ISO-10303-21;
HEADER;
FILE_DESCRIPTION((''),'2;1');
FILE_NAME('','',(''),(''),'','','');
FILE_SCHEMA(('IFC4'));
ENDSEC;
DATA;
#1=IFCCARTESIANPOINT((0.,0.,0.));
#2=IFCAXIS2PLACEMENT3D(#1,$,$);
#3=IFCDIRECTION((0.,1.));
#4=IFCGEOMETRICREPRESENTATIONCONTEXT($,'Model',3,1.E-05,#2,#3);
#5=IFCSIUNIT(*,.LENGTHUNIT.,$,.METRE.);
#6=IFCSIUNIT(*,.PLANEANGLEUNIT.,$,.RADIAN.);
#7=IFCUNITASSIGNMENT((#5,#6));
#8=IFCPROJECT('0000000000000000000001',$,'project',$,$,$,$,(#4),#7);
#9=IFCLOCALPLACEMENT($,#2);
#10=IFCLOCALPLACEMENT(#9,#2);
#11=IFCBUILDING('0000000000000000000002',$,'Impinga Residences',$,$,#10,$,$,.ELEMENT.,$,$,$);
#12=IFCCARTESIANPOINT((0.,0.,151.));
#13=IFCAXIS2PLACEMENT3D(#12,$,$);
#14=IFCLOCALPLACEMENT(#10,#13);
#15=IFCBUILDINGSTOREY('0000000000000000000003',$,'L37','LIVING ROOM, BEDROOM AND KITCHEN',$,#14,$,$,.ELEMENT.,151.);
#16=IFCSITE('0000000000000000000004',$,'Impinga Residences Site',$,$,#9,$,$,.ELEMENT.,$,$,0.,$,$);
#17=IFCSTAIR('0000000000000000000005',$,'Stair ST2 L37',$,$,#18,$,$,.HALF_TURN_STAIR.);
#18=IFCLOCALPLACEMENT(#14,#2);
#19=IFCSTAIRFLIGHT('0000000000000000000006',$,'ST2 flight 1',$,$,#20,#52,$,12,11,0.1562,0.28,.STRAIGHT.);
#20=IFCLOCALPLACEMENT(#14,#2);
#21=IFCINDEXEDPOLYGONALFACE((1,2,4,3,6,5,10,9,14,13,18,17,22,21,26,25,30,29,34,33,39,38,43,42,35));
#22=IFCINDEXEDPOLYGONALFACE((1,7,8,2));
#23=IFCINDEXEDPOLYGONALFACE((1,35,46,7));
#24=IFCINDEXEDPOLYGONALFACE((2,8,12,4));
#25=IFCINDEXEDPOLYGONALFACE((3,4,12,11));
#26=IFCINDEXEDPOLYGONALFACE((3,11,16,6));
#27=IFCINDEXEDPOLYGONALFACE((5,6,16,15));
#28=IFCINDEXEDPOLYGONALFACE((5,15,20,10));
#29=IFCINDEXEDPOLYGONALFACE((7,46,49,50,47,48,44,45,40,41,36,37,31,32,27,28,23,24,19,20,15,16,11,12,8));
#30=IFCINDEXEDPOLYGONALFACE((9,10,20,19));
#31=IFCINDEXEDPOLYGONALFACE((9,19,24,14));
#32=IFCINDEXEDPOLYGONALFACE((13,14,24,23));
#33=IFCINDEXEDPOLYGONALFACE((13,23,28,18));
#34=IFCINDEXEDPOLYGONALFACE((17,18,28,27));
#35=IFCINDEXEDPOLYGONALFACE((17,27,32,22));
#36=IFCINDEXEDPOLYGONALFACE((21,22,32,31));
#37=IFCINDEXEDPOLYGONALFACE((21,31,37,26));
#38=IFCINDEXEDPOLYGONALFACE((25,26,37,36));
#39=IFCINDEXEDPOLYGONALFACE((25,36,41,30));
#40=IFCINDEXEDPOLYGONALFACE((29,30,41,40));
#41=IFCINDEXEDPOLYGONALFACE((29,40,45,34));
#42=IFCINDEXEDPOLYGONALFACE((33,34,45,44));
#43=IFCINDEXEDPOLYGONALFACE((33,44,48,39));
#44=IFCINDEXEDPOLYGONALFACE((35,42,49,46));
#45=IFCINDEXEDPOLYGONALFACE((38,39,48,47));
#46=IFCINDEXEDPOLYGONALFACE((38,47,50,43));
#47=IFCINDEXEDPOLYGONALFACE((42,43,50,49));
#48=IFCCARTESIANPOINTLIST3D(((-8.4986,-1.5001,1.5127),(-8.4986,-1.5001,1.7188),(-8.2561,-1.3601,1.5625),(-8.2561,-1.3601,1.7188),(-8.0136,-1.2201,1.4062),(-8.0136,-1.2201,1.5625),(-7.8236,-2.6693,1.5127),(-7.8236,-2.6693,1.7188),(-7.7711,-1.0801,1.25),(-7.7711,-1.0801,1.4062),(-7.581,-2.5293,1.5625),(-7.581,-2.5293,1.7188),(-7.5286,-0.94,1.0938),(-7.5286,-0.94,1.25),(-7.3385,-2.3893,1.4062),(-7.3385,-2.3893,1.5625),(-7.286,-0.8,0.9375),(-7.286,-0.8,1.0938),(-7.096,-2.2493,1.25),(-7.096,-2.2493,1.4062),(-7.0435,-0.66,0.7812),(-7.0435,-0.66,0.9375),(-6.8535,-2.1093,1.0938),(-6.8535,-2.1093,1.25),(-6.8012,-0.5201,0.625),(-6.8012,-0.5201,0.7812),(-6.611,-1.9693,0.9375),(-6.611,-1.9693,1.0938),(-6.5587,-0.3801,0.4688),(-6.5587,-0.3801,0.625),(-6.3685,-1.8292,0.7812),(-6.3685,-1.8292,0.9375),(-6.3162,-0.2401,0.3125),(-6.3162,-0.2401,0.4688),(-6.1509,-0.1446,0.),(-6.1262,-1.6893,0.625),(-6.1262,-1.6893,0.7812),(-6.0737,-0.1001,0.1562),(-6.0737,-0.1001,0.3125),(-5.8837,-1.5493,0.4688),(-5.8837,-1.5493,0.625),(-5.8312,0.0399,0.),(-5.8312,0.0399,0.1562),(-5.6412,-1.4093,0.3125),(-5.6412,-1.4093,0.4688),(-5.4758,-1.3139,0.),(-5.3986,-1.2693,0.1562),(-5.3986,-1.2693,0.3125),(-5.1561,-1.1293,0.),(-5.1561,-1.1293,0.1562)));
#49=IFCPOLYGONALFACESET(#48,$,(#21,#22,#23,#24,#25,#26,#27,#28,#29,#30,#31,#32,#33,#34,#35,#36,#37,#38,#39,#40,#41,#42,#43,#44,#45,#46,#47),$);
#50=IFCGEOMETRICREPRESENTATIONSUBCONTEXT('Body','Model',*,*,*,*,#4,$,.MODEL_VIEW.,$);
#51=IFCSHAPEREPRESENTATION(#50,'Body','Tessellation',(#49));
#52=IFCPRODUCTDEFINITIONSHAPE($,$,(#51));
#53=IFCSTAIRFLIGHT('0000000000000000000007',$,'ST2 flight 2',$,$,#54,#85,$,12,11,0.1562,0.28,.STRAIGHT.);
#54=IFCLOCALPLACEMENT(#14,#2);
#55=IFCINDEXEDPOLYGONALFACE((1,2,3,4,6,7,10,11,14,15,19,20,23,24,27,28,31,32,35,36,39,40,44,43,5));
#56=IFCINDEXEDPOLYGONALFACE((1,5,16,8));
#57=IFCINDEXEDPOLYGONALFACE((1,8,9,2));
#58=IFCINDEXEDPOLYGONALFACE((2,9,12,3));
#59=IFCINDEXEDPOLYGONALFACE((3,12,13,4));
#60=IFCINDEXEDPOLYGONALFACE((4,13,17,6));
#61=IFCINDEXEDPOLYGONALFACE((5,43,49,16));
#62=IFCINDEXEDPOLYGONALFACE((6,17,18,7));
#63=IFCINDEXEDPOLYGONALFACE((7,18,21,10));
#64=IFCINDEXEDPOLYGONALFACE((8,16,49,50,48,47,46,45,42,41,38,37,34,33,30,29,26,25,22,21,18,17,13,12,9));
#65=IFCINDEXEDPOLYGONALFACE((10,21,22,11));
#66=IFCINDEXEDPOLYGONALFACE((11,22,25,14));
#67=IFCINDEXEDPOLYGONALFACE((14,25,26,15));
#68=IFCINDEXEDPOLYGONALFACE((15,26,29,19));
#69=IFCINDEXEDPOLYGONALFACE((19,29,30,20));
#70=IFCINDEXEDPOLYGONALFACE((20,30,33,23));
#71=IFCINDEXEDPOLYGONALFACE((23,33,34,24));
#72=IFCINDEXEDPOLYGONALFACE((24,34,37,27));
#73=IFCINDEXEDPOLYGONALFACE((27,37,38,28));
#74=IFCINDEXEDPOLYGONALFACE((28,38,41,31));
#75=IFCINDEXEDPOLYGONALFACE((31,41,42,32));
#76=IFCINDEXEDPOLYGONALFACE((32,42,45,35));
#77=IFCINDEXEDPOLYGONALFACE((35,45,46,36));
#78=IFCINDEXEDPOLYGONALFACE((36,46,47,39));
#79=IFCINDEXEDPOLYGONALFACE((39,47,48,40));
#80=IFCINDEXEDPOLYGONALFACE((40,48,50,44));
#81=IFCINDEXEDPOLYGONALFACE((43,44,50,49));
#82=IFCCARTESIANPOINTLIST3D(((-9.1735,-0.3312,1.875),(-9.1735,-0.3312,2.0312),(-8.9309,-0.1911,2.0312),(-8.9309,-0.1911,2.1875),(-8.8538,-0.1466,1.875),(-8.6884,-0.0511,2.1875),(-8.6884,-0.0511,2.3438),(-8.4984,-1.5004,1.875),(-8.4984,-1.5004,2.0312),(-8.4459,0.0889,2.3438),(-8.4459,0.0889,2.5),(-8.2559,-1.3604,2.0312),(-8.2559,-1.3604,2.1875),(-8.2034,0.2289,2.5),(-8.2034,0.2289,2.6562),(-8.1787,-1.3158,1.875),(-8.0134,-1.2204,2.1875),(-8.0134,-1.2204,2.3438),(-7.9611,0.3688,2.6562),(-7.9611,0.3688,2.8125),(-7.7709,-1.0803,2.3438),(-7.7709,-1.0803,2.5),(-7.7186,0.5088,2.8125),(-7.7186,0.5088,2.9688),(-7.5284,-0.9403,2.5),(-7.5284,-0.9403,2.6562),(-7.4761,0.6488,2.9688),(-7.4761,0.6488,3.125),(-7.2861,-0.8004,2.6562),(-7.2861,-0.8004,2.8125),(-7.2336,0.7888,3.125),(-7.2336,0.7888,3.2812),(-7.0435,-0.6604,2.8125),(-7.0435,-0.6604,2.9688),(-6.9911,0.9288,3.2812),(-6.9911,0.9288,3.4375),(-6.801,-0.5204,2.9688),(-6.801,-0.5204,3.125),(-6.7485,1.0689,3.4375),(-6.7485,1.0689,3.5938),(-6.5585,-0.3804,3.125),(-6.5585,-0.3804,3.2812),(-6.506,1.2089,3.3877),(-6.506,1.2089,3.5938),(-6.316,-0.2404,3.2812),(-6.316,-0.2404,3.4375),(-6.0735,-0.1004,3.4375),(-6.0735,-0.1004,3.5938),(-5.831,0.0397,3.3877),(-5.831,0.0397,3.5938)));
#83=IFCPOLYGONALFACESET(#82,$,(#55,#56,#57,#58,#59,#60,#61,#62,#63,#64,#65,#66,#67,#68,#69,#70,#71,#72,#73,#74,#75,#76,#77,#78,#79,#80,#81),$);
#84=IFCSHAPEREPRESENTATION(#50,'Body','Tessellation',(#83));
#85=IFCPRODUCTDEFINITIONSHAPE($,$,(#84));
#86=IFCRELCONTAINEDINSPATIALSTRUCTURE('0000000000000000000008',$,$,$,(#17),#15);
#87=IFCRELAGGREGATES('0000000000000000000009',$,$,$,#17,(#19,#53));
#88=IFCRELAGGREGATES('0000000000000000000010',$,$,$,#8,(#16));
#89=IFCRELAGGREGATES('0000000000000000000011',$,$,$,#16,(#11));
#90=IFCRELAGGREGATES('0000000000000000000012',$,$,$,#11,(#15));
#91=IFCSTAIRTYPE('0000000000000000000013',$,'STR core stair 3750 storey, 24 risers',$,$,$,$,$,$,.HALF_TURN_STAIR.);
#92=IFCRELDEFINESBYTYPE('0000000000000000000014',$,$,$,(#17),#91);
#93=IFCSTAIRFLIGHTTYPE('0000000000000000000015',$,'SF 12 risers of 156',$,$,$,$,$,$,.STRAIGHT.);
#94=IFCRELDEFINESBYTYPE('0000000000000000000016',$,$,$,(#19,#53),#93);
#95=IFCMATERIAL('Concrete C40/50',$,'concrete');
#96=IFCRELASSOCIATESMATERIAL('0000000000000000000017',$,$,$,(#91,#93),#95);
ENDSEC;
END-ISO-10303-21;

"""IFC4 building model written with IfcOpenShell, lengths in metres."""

from ifc_helpers import new_model, si_unit, direction, frame, origin, place, context, subcontext, project, spatial, polyline, outline, extrude, material, type_object, element, aggregate, save


model = new_model("IFC4")

# Units and contexts
model_context = context("Model", 3, precision=1e-05, world=origin(), true_north=direction((0.0, 1.0)))
body_context = subcontext(model_context, "Body", "Model", "MODEL_VIEW")
ifc_project = project(units=[si_unit("LENGTHUNIT", "METRE"), si_unit("PLANEANGLEUNIT", "RADIAN")], contexts=[model_context])

# Site, building, storey
site_placement = place(None, origin())
site = spatial("IfcSite", under=ifc_project, at=site_placement, Name="Impinga Residences Site", CompositionType="ELEMENT", RefElevation=0.0)
building_placement = place(site_placement, origin())
building = spatial("IfcBuilding", under=site, at=building_placement, Name="Impinga Residences", CompositionType="ELEMENT")
storey_placement = place(building_placement, frame((0.0, 0.0, 151.0)))
storey = spatial("IfcBuildingStorey", under=building, at=storey_placement, Name="L37", Description="LIVING ROOM, BEDROOM AND KITCHEN", CompositionType="ELEMENT", Elevation=151.0)

# Stair, stair flights
ifc_material_1 = material(Name="Concrete C40/50", Category="concrete")
stair_type = type_object("IfcStairType", Name="STR core stair 3750 storey, 24 risers", PredefinedType="HALF_TURN_STAIR", material=ifc_material_1)
stair_placement = place(storey_placement, origin())
stair = element("IfcStair", 1, at=stair_placement, inside=storey, type_object=stair_type, Name="Stair ST2 L37", PredefinedType="HALF_TURN_STAIR")
stair_flight_type = type_object("IfcStairFlightType", Name="SF 12 risers of 156", PredefinedType="STRAIGHT", material=ifc_material_1)
stair_flight_1_placement = place(storey_placement, frame((-5.4937, -0.5447, 0.0), z_axis=(0.0, 0.0, 1.0), x_axis=(-0.866025, -0.5, 0.0)))
stair_flight_1 = element("IfcStairFlight", 2, at=stair_flight_1_placement, type_object=stair_flight_type, Name="ST2 flight 1", NumberOfRisers=12, NumberOfTreads=11, PredefinedType="STRAIGHT", RiserHeight=0.1562, TreadLength=0.28, context=body_context, shape_type="SweptSolid", body=[
    extrude(outline(polyline([(0.0, 0.0), (0.0, 0.1562), (0.28, 0.1562), (0.28, 0.3125), (0.5601, 0.3125), (0.5601, 0.4688), (0.8401, 0.4688), (0.8401, 0.625), (1.1201, 0.625), (1.1201, 0.7812), (1.3999, 0.7812), (1.3999, 0.9375), (1.6799, 0.9375), (1.6799, 1.0938), (1.96, 1.0938), (1.96, 1.25), (2.24, 1.25), (2.24, 1.4062), (2.52, 1.4062), (2.52, 1.5625), (2.8, 1.5625), (2.8, 1.7188), (3.0801, 1.7188), (3.0801, 1.875), (3.0801, 1.5127), (0.3691, 0.0), (0.0, 0.0)])), frame((0.0, 0.675, 0.0), z_axis=(0.0, -1.0, 0.0), x_axis=(1.0, 0.0, 0.0)), (0.0, 0.0, 1.0), 1.3501),
])
stair_flight_2_placement = place(storey_placement, frame((-8.8359, -0.9158, 1.875), z_axis=(0.0, 0.0, 1.0), x_axis=(0.866025, 0.5, 0.0)))
stair_flight_2 = element("IfcStairFlight", 3, at=stair_flight_2_placement, type_object=stair_flight_type, Name="ST2 flight 2", NumberOfRisers=12, NumberOfTreads=11, PredefinedType="STRAIGHT", RiserHeight=0.1562, TreadLength=0.28, context=body_context, shape_type="SweptSolid", body=[
    extrude(outline(polyline([(0.0, 0.0), (0.0, 0.1562), (0.28, 0.1562), (0.28, 0.3125), (0.5601, 0.3125), (0.5601, 0.4688), (0.8401, 0.4688), (0.8401, 0.625), (1.1201, 0.625), (1.1201, 0.7812), (1.3999, 0.7812), (1.3999, 0.9375), (1.6799, 0.9375), (1.6799, 1.0938), (1.96, 1.0938), (1.96, 1.25), (2.24, 1.25), (2.24, 1.4062), (2.52, 1.4062), (2.52, 1.5625), (2.8, 1.5625), (2.8, 1.7188), (3.0801, 1.7188), (3.0801, 1.875), (3.0801, 1.5127), (0.3691, 0.0), (0.0, 0.0)])), frame((0.0, 0.675, 0.0), z_axis=(0.0, -1.0, 0.0), x_axis=(1.0, 0.0, 0.0)), (0.0, 0.0, 1.0), 1.3501),
])
aggregate(stair, [stair_flight_1, stair_flight_2])

save(model, "model.ifc")
